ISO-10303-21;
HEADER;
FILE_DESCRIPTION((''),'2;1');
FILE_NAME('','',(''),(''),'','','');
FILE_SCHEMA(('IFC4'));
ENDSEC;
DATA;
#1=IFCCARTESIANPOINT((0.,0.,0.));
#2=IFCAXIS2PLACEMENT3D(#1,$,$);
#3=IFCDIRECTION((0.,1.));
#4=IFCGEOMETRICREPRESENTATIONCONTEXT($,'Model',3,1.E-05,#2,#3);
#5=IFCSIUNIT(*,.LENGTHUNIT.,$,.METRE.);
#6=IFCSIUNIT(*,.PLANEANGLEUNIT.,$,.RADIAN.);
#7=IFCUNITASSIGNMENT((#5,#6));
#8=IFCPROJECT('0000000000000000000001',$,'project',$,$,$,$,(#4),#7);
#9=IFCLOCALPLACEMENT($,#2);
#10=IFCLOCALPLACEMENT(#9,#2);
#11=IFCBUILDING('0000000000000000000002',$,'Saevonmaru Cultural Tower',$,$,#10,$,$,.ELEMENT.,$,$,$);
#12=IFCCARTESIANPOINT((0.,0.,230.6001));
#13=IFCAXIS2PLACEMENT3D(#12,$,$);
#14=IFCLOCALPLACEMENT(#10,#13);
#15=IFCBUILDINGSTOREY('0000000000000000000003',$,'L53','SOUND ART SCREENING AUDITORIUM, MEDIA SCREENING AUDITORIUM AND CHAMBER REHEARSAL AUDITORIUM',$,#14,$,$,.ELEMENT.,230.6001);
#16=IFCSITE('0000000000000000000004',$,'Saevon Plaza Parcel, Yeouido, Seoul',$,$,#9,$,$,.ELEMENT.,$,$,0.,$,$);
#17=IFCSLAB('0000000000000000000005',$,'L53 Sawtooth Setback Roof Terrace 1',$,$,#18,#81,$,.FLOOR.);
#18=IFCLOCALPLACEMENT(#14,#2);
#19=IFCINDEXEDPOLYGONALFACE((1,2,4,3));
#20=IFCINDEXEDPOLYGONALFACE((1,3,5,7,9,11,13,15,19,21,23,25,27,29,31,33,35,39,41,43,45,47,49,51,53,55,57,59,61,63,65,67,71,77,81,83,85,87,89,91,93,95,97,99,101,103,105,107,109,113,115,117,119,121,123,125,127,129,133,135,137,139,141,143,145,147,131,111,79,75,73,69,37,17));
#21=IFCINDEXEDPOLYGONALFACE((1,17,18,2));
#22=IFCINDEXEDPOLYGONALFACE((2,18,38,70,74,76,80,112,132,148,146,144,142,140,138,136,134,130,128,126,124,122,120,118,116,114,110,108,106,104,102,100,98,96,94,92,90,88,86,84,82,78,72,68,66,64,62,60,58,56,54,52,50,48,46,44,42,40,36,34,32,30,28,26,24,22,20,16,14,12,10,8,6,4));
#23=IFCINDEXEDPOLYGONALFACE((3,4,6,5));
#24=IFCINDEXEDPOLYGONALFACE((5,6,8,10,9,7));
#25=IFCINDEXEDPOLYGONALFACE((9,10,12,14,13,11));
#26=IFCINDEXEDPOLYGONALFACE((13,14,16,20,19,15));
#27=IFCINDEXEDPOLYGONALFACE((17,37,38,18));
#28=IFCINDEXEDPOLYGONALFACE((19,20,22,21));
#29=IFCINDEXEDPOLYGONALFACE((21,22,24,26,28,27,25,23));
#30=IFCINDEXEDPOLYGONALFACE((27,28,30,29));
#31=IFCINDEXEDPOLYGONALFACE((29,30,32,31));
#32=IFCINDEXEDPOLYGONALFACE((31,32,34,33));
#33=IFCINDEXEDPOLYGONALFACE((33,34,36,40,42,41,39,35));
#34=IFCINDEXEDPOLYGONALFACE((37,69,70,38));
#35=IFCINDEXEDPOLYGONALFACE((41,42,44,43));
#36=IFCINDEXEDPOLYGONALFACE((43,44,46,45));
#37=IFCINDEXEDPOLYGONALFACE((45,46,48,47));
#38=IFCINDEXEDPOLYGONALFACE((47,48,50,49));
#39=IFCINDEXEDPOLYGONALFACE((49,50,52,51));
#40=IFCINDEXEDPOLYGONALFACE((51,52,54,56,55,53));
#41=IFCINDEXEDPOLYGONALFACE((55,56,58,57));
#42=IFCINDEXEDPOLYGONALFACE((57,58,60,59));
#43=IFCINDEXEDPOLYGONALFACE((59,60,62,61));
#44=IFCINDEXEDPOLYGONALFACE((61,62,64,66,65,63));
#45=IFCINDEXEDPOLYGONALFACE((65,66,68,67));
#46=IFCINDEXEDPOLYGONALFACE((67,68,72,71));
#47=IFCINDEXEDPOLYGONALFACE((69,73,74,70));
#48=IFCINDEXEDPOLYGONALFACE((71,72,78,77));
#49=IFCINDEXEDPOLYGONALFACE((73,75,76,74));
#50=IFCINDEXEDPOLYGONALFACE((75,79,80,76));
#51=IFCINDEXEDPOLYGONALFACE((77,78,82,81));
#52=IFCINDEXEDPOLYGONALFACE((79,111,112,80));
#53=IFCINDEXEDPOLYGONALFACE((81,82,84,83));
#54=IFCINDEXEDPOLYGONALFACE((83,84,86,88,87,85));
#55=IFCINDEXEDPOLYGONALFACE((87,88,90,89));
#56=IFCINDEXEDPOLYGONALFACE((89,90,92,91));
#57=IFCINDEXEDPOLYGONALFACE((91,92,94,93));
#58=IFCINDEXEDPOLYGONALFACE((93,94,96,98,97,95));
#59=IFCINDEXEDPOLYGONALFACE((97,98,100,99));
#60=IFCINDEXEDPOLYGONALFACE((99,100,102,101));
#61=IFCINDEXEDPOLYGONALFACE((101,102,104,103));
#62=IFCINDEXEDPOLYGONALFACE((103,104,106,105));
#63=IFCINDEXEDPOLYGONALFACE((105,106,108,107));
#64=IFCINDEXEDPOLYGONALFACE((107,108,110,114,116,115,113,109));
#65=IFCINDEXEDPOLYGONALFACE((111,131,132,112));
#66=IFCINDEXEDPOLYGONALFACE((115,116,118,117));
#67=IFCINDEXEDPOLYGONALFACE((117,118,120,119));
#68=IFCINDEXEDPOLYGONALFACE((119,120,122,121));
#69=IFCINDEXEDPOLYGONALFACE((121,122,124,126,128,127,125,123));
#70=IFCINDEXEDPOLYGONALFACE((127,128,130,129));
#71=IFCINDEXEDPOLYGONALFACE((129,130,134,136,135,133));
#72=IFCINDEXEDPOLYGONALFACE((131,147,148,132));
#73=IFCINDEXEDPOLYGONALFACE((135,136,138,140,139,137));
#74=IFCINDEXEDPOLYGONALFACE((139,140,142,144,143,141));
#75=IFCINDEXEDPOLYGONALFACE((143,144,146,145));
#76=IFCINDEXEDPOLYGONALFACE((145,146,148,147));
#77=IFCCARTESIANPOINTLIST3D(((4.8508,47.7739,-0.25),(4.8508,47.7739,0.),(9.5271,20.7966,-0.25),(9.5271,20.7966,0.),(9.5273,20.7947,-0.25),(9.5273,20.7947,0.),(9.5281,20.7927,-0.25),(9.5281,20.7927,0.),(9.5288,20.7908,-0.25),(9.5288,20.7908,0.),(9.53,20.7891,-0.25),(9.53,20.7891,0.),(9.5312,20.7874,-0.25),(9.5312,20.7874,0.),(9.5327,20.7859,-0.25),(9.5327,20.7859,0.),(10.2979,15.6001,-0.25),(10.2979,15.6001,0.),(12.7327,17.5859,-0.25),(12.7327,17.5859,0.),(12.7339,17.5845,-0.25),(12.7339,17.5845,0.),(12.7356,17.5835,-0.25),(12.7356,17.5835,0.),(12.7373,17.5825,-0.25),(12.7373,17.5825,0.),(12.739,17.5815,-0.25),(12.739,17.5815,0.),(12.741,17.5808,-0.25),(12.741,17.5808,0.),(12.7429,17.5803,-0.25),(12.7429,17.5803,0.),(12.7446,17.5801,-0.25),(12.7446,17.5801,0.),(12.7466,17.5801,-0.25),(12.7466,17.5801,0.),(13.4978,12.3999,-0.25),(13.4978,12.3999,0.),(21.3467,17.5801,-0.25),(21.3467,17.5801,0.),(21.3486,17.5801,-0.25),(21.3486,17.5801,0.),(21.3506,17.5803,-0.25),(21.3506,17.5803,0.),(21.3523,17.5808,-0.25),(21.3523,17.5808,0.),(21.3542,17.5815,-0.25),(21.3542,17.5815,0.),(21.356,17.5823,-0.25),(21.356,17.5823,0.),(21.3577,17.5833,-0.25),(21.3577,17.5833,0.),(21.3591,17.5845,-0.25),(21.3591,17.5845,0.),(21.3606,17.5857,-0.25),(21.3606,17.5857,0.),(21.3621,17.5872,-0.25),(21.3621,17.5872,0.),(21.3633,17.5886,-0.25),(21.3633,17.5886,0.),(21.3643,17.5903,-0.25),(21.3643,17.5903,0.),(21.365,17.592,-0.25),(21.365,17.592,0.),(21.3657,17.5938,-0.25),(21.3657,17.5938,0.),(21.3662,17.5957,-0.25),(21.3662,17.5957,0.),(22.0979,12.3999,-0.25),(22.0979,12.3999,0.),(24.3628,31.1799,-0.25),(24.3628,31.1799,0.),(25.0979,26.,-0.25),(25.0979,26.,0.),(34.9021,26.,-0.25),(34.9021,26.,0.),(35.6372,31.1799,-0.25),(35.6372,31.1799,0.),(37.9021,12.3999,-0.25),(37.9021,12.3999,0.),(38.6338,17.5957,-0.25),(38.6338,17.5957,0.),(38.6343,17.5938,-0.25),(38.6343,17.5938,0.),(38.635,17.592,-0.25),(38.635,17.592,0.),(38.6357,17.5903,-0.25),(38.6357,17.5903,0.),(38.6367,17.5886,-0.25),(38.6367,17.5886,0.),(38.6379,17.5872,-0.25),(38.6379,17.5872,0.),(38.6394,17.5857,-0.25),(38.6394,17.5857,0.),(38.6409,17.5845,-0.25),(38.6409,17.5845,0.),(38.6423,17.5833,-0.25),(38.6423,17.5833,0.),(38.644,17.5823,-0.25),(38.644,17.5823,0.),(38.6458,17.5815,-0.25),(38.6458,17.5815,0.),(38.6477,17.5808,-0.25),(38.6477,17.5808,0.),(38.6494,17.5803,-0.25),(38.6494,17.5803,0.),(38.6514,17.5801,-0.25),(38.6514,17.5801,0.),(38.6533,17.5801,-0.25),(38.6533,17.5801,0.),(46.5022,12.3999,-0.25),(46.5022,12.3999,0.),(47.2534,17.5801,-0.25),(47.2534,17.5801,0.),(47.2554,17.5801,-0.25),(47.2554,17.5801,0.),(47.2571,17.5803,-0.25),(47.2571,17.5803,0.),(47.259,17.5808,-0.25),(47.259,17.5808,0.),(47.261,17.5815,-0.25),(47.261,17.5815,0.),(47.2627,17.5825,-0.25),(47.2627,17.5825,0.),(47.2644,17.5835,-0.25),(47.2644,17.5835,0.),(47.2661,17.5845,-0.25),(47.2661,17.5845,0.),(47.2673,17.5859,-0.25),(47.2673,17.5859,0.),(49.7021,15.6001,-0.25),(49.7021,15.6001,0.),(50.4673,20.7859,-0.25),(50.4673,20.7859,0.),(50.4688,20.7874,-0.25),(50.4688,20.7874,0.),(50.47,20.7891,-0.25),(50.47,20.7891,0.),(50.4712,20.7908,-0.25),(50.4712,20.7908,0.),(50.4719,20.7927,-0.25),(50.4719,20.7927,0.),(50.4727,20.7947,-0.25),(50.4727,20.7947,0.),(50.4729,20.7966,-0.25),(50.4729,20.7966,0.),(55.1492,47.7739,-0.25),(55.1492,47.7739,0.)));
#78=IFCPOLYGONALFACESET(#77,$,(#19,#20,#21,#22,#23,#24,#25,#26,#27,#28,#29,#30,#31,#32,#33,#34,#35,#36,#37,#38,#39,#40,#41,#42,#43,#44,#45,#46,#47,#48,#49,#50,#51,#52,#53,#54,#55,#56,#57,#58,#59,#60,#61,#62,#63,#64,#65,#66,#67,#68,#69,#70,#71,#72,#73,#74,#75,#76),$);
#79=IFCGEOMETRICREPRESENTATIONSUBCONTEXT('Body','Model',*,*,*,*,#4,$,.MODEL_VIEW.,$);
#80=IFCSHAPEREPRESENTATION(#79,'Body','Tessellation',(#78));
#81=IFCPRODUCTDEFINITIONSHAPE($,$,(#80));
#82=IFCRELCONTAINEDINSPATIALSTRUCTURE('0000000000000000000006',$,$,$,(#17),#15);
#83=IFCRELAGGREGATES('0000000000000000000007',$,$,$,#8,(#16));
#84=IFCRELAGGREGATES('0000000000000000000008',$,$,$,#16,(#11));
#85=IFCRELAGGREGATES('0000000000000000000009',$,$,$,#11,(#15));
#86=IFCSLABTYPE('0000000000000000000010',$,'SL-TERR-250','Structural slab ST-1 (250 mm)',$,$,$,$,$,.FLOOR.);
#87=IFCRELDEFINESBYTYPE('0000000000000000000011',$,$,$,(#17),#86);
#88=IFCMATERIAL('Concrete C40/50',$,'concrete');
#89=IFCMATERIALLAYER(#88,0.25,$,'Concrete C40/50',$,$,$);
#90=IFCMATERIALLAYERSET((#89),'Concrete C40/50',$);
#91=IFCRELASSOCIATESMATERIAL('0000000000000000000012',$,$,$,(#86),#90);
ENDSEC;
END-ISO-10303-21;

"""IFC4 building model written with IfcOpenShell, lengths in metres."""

from ifc_helpers import new_model, si_unit, direction, frame, origin, place, context, subcontext, project, spatial, polyline, outline, extrude, material, layer, layer_set, type_object, element, save


model = new_model("IFC4")

# Units and contexts
model_context = context("Model", 3, precision=1e-05, world=origin(), true_north=direction((0.0, 1.0)))
body_context = subcontext(model_context, "Body", "Model", "MODEL_VIEW")
ifc_project = project(units=[si_unit("LENGTHUNIT", "METRE"), si_unit("PLANEANGLEUNIT", "RADIAN")], contexts=[model_context])

# Site, building, storey
site_placement = place(None, origin())
site = spatial("IfcSite", under=ifc_project, at=site_placement, Name="Saevon Plaza Parcel, Yeouido, Seoul", CompositionType="ELEMENT", RefElevation=0.0)
building_placement = place(site_placement, origin())
building = spatial("IfcBuilding", under=site, at=building_placement, Name="Saevonmaru Cultural Tower", CompositionType="ELEMENT")
storey_placement = place(building_placement, frame((0.0, 0.0, 230.6001)))
storey = spatial("IfcBuildingStorey", under=building, at=storey_placement, Name="L53", Description="SOUND ART SCREENING AUDITORIUM, MEDIA SCREENING AUDITORIUM AND CHAMBER REHEARSAL AUDITORIUM", CompositionType="ELEMENT", Elevation=230.6001)

# Shared definitions
ifc_material_1 = material(Name="Concrete C40/50", Category="concrete")

# Slab
ifc_layer_1 = layer(ifc_material_1, 0.25, Name="Concrete C40/50")
ifc_layer_set_1 = layer_set([ifc_layer_1], Name="Concrete C40/50")
slab_type_1 = type_object("IfcSlabType", Name="SL-TERR-250", Description="Structural slab ST-1 (250 mm)", PredefinedType="FLOOR", material=ifc_layer_set_1)
slab_1_placement = place(storey_placement, frame((0.0, 0.0, -0.25)))
element("IfcSlab", 1, at=slab_1_placement, inside=storey, type_object=slab_type_1, Name="L53 Sawtooth Setback Roof Terrace 1", PredefinedType="FLOOR", context=body_context, shape_type="SweptSolid", body=[
    extrude(outline(polyline([(55.1492, 47.7739), (50.4729, 20.7966), (50.4727, 20.7947), (50.4719, 20.7927), (50.4712, 20.7908), (50.47, 20.7891), (50.4688, 20.7874), (50.4673, 20.7859), (47.2673, 17.5859), (47.2661, 17.5845), (47.2644, 17.5835), (47.2627, 17.5825), (47.261, 17.5815), (47.259, 17.5808), (47.2571, 17.5803), (47.2554, 17.5801), (47.2534, 17.5801), (38.6533, 17.5801), (38.6514, 17.5801), (38.6494, 17.5803), (38.6477, 17.5808), (38.6458, 17.5815), (38.644, 17.5823), (38.6423, 17.5833), (38.6409, 17.5845), (38.6394, 17.5857), (38.6379, 17.5872), (38.6367, 17.5886), (38.6357, 17.5903), (38.635, 17.592), (38.6343, 17.5938), (38.6338, 17.5957), (35.6372, 31.1799), (24.3628, 31.1799), (21.3662, 17.5957), (21.3657, 17.5938), (21.365, 17.592), (21.3643, 17.5903), (21.3633, 17.5886), (21.3621, 17.5872), (21.3606, 17.5857), (21.3591, 17.5845), (21.3577, 17.5833), (21.356, 17.5823), (21.3542, 17.5815), (21.3523, 17.5808), (21.3506, 17.5803), (21.3486, 17.5801), (21.3467, 17.5801), (12.7466, 17.5801), (12.7446, 17.5801), (12.7429, 17.5803), (12.741, 17.5808), (12.739, 17.5815), (12.7373, 17.5825), (12.7356, 17.5835), (12.7339, 17.5845), (12.7327, 17.5859), (9.5327, 20.7859), (9.5312, 20.7874), (9.53, 20.7891), (9.5288, 20.7908), (9.5281, 20.7927), (9.5273, 20.7947), (9.5271, 20.7966), (4.8508, 47.7739), (10.2979, 15.6001), (13.4978, 12.3999), (22.0979, 12.3999), (25.0979, 26.0), (34.9021, 26.0), (37.9021, 12.3999), (46.5022, 12.3999), (49.7021, 15.6001), (55.1492, 47.7739)])), origin(), (0.0, 0.0, 1.0), 0.25),
])

save(model, "model.ifc")
